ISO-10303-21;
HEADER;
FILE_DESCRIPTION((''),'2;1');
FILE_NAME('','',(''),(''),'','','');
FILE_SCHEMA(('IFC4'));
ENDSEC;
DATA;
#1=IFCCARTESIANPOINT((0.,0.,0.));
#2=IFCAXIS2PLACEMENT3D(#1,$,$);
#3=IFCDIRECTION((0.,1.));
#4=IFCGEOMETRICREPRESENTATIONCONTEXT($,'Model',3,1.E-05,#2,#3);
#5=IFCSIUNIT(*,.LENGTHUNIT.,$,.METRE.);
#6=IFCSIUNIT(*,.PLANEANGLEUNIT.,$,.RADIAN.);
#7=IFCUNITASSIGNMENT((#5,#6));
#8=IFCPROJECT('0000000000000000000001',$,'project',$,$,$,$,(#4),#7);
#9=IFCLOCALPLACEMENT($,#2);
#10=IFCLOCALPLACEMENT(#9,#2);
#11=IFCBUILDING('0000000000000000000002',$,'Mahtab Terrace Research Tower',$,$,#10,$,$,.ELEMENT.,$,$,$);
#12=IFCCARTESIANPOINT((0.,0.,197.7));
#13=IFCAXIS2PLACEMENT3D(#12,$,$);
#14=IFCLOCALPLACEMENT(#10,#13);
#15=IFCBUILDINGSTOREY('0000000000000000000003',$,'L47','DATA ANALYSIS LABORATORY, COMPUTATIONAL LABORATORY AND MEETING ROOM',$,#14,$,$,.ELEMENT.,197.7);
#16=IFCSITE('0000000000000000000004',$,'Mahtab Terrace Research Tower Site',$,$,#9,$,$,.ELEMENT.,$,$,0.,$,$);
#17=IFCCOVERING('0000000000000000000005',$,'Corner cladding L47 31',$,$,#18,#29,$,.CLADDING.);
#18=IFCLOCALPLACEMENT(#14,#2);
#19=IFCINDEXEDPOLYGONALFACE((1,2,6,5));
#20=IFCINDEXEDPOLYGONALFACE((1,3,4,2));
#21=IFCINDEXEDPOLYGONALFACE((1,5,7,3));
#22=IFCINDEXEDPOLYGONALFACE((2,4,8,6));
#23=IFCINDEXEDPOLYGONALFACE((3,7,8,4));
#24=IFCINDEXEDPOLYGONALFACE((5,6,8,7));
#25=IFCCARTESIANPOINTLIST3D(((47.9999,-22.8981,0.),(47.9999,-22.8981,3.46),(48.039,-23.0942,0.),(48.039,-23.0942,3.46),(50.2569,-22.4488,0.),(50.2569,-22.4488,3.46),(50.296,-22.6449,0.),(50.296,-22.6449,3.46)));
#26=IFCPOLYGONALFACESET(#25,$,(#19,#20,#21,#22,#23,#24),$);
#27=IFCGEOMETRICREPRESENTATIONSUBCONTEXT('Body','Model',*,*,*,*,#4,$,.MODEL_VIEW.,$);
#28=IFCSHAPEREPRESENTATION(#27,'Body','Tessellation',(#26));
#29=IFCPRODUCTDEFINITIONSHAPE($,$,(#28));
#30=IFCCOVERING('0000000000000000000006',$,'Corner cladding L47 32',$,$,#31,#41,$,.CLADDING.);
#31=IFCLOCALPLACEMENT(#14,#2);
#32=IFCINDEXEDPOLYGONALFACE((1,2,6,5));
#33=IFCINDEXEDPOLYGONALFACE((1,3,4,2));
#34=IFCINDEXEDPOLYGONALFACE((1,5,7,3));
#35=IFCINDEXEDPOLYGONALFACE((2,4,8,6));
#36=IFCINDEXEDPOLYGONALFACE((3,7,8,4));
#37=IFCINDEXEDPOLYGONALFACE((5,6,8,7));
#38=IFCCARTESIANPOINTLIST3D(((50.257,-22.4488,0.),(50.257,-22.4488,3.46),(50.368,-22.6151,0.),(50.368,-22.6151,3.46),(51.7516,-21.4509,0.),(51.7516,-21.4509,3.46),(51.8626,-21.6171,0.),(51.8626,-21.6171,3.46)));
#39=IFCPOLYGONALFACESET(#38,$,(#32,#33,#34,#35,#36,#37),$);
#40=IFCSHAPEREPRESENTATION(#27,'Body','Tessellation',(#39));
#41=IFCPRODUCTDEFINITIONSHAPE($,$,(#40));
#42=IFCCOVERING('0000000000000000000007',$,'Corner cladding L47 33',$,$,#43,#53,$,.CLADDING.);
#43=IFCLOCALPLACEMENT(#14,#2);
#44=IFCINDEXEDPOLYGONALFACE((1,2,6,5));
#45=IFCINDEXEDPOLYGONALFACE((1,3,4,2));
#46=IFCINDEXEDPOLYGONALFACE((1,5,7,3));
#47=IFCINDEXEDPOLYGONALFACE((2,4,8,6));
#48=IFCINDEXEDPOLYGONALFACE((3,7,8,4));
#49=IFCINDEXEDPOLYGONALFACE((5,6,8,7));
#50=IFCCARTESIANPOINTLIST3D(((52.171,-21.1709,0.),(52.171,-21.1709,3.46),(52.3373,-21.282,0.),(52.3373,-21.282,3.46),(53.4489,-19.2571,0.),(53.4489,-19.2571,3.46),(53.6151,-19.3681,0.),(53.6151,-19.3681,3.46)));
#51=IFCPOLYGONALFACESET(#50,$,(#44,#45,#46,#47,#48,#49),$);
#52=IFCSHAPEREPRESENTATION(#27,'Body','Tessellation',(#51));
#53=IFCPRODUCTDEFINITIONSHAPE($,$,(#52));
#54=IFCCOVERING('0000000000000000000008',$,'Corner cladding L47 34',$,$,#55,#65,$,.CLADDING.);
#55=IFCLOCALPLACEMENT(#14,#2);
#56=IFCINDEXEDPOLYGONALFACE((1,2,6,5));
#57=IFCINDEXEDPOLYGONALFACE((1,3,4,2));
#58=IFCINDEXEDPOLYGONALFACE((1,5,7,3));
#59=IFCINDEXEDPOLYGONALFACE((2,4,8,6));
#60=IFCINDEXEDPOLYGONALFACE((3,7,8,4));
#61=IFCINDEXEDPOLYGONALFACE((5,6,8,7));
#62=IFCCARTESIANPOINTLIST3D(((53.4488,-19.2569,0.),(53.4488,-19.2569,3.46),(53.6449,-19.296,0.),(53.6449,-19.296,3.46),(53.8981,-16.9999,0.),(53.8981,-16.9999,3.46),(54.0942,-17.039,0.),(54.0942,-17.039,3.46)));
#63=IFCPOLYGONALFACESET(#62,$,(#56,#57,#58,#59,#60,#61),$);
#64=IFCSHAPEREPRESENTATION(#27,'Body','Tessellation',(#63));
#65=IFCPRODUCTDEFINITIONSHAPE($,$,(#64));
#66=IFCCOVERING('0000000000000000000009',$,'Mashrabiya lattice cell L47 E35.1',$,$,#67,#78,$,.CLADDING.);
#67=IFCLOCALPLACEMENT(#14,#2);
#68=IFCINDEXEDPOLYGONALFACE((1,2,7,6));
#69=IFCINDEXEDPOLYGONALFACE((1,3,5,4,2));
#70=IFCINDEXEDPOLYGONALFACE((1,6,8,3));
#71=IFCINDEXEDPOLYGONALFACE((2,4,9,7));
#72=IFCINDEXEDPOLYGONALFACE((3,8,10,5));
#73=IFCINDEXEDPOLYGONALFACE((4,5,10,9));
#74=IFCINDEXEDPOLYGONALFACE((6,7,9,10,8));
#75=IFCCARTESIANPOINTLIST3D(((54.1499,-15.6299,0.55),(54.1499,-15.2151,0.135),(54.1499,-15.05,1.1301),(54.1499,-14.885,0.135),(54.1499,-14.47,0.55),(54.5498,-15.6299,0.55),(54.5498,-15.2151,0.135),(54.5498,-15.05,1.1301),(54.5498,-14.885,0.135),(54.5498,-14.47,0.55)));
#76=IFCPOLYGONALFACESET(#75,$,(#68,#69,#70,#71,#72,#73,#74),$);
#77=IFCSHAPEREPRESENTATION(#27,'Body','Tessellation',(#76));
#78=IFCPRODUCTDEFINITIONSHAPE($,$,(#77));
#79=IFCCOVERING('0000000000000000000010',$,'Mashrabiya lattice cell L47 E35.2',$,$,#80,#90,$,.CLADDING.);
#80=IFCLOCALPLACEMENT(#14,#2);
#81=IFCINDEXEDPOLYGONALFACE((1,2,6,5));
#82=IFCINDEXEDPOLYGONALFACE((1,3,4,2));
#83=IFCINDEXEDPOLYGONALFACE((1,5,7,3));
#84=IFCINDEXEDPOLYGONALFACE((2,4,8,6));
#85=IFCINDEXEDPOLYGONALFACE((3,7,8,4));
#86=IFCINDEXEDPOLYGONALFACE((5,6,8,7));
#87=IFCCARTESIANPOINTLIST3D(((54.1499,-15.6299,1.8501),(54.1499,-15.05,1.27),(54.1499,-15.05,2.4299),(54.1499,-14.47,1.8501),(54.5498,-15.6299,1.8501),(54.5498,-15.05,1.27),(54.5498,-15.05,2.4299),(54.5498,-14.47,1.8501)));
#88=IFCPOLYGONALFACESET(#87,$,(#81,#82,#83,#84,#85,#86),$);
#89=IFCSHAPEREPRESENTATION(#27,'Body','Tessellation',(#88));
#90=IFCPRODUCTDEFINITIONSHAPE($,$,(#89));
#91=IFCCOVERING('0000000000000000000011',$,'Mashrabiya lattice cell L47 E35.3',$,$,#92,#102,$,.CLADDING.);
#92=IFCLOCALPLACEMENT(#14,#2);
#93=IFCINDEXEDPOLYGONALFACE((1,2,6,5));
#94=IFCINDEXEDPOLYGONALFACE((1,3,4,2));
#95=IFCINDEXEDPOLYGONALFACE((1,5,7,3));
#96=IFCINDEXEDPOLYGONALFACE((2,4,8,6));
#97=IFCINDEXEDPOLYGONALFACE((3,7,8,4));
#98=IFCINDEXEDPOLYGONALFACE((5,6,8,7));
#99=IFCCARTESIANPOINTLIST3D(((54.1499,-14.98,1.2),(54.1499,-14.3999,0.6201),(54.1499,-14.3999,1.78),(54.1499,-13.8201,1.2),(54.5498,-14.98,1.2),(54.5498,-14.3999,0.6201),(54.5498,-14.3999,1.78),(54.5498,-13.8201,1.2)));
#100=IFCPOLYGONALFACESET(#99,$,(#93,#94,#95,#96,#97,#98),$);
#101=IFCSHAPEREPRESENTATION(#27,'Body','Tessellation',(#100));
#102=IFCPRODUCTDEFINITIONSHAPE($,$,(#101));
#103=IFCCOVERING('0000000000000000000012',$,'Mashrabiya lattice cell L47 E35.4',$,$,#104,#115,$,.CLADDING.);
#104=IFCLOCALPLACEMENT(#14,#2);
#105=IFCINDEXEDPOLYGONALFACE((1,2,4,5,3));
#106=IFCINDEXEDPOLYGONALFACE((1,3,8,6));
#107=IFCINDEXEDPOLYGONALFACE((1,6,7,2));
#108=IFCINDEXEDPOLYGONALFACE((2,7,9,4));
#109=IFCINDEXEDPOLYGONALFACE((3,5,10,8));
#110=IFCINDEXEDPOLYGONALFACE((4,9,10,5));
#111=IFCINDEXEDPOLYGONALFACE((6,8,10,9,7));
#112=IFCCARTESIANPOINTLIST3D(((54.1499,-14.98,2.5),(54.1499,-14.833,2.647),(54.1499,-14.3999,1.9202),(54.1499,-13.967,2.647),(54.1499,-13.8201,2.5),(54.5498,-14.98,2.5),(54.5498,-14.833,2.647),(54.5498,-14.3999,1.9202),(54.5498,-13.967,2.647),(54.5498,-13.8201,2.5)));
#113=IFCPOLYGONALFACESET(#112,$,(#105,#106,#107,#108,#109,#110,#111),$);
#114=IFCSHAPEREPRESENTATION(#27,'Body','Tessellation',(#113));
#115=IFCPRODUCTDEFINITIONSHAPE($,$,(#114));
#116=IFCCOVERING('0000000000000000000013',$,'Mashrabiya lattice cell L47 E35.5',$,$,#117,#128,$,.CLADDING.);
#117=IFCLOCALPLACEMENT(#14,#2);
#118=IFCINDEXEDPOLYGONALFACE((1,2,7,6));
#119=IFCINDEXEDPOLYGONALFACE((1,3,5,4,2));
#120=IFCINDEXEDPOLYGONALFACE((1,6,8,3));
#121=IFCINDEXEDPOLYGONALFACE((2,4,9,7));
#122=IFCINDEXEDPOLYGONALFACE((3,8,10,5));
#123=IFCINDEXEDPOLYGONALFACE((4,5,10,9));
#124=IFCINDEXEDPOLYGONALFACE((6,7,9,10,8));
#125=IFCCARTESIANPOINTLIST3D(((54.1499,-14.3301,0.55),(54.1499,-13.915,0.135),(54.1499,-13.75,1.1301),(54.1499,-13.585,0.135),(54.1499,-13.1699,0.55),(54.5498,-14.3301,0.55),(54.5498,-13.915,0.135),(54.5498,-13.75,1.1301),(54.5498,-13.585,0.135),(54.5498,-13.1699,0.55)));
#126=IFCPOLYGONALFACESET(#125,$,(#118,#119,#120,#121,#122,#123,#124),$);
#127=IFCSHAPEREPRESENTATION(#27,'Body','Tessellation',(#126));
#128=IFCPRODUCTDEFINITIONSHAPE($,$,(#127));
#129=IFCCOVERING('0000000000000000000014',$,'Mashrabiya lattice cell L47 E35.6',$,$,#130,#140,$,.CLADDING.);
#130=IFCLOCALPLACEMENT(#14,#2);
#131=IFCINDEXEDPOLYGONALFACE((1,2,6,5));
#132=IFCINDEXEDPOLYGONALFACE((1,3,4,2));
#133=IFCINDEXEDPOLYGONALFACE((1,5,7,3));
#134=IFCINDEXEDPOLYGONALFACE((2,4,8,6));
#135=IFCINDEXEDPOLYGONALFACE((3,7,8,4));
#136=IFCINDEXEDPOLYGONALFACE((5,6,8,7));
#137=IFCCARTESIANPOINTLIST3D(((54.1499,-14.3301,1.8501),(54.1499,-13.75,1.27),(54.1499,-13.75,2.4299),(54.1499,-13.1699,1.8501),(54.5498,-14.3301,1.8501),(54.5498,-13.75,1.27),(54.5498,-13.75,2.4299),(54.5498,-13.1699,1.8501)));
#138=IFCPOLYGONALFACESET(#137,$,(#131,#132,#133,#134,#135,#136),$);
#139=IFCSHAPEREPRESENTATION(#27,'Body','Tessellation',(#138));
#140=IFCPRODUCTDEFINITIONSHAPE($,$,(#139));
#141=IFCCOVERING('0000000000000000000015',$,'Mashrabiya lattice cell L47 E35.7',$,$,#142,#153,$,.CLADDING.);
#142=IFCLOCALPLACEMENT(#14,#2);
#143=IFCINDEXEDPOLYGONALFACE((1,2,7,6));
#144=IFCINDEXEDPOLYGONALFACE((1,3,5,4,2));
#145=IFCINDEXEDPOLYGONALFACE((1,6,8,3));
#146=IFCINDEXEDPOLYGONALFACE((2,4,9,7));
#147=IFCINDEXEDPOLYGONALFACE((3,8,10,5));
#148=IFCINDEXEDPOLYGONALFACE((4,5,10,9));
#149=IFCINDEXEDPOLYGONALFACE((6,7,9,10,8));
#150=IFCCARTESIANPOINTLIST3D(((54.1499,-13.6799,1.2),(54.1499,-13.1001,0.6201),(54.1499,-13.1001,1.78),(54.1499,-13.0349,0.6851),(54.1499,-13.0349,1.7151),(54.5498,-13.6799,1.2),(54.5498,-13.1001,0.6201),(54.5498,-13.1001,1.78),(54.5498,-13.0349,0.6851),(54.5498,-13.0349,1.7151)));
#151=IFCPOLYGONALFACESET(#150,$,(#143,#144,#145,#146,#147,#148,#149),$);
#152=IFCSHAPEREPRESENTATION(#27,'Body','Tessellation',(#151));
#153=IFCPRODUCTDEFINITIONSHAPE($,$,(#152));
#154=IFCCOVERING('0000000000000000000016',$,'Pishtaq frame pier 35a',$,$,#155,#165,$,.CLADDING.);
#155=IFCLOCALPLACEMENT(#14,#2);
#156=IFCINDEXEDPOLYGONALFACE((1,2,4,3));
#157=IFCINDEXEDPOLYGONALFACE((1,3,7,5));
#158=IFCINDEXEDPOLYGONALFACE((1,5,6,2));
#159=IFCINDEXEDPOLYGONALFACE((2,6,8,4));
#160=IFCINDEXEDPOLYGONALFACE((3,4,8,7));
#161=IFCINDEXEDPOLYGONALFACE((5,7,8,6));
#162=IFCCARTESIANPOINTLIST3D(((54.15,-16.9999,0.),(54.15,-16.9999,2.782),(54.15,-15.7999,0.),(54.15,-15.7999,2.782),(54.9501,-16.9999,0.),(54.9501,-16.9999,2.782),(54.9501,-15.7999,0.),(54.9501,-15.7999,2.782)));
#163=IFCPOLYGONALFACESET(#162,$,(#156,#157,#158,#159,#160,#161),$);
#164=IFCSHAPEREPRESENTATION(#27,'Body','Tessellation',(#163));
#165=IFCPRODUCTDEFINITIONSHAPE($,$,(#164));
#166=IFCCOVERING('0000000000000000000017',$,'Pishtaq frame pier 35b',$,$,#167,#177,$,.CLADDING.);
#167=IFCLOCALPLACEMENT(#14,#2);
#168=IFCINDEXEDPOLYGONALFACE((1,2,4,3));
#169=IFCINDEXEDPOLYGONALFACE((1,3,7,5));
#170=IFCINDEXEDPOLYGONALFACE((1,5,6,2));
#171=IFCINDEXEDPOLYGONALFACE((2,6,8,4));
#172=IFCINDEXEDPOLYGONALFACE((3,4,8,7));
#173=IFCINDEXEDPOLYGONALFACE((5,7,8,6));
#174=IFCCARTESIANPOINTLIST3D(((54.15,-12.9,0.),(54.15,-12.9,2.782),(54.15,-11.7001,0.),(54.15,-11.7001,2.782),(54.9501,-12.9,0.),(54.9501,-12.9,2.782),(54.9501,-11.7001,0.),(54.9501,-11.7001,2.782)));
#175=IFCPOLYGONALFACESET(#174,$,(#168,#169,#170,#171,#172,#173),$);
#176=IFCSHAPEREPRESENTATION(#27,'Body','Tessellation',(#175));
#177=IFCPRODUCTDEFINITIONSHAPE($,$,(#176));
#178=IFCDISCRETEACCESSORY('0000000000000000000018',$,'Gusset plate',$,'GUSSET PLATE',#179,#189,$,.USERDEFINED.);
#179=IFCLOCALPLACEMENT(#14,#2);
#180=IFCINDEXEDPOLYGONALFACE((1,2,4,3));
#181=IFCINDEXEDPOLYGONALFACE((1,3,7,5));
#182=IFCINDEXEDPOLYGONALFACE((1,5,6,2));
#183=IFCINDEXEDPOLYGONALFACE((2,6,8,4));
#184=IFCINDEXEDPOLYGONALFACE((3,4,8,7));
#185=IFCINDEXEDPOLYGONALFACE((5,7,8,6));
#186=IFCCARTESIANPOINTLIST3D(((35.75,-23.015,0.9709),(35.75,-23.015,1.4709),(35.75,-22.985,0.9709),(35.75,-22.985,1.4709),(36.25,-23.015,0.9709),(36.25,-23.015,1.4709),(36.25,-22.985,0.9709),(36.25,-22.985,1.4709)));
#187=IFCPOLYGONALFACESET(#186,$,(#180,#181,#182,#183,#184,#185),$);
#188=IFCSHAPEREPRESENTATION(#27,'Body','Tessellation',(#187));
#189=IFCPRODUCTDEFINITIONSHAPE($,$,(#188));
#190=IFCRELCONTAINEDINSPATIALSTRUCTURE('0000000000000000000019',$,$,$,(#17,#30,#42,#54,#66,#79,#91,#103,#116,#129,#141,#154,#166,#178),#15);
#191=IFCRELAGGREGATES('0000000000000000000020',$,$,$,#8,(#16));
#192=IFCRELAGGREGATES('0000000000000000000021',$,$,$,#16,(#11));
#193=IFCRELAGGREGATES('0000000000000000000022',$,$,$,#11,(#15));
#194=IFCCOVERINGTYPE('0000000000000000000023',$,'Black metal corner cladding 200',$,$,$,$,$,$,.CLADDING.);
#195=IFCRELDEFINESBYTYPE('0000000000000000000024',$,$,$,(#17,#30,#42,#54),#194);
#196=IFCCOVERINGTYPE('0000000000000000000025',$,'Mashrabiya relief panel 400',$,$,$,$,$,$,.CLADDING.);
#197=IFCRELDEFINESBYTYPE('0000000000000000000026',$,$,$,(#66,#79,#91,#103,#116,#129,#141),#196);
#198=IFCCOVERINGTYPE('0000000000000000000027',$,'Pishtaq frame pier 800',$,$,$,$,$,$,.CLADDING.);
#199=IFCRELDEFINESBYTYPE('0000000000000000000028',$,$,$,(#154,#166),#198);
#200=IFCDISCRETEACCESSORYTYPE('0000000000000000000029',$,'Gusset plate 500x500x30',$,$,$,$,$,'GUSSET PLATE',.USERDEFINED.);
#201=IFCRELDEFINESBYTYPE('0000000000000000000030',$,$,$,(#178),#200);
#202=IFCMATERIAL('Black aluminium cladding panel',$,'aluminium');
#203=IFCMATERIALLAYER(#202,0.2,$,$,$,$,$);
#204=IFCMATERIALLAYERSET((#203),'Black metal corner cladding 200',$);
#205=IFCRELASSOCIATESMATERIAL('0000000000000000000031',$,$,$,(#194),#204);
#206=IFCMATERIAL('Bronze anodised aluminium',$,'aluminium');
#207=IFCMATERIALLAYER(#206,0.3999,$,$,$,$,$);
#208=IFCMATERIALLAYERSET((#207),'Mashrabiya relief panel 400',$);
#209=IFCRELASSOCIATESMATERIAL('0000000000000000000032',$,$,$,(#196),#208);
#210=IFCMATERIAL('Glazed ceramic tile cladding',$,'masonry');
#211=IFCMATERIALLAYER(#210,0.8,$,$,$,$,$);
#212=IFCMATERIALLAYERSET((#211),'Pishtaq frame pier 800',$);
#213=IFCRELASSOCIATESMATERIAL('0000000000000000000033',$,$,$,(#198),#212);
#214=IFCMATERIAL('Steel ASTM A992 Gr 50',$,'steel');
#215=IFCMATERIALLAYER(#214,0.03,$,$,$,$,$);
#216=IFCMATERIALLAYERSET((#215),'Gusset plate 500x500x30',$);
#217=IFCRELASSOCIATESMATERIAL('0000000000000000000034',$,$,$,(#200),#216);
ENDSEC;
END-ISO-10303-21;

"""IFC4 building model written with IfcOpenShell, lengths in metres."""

from ifc_helpers import new_model, si_unit, direction, frame, origin, origin_2d, place, context, subcontext, project, spatial, polyline, rectangle, outline, extrude, material, layer, layer_set, type_object, element, save


model = new_model("IFC4")

# Units and contexts
model_context = context("Model", 3, precision=1e-05, world=origin(), true_north=direction((0.0, 1.0)))
body_context = subcontext(model_context, "Body", "Model", "MODEL_VIEW")
ifc_project = project(units=[si_unit("LENGTHUNIT", "METRE"), si_unit("PLANEANGLEUNIT", "RADIAN")], contexts=[model_context])

# Site, building, storey
site_placement = place(None, origin())
site = spatial("IfcSite", under=ifc_project, at=site_placement, Name="Mahtab Terrace Research Tower Site", CompositionType="ELEMENT", RefElevation=0.0)
building_placement = place(site_placement, origin())
building = spatial("IfcBuilding", under=site, at=building_placement, Name="Mahtab Terrace Research Tower", CompositionType="ELEMENT")
storey_placement = place(building_placement, frame((0.0, 0.0, 197.7)))
storey = spatial("IfcBuildingStorey", under=building, at=storey_placement, Name="L47", Description="DATA ANALYSIS LABORATORY, COMPUTATIONAL LABORATORY AND MEETING ROOM", CompositionType="ELEMENT", Elevation=197.7)

# Shared definitions
ifc_material_1 = material(Name="Steel ASTM A992 Gr 50", Category="steel")

# Shared definitions
ifc_material_2 = material(Name="Black aluminium cladding panel", Category="aluminium")

# Coverings
ifc_layer_1 = layer(ifc_material_2, 0.2)
ifc_layer_set_1 = layer_set([ifc_layer_1], Name="Black metal corner cladding 200")
covering_type_1 = type_object("IfcCoveringType", Name="Black metal corner cladding 200", PredefinedType="CLADDING", material=ifc_layer_set_1)
covering_1_placement = place(storey_placement, frame((49.1479, -22.7715, 0.0), z_axis=(0.0, 0.0, 1.0), x_axis=(0.980761, 0.195212, 0.0)))
element("IfcCovering", 1, at=covering_1_placement, inside=storey, type_object=covering_type_1, Name="Corner cladding L47 31", PredefinedType="CLADDING", context=body_context, shape_type="SweptSolid", body=[
    extrude(rectangle(XDim=2.3013, YDim=0.2, at=origin_2d()), origin(), (0.0, 0.0, 1.0), 3.46),
])
covering_2_placement = place(storey_placement, frame((51.0598, -22.033, 0.0), z_axis=(0.0, 0.0, 1.0), x_axis=(0.831656, 0.555291, 0.0)))
element("IfcCovering", 2, at=covering_2_placement, inside=storey, type_object=covering_type_1, Name="Corner cladding L47 32", PredefinedType="CLADDING", context=body_context, shape_type="SweptSolid", body=[
    extrude(rectangle(XDim=1.7971, YDim=0.2, at=origin_2d()), origin(), (0.0, 0.0, 1.0), 3.46),
])
for number, where, z_axis, x_axis, name in (
    (3, (52.8931, -20.2695, 0.0), (0.0, 0.0, 1.0), (0.555291, 0.831656, 0.0), "Corner cladding L47 33"),
    (4, (53.7715, -18.1479, 0.0), (0.0, 0.0, 1.0), (0.195212, 0.980761, 0.0), "Corner cladding L47 34"),
):
    element("IfcCovering", number, at=place(storey_placement, frame(where, z_axis=z_axis, x_axis=x_axis)), inside=storey, type_object=covering_type_1, Name=name, PredefinedType="CLADDING", context=body_context, shape_type="SweptSolid", body=[
        extrude(rectangle(XDim=2.3013, YDim=0.2, at=origin_2d()), origin(), (0.0, 0.0, 1.0), 3.46),
    ])
ifc_material_3 = material(Name="Bronze anodised aluminium", Category="aluminium")
ifc_layer_2 = layer(ifc_material_3, 0.3999)
ifc_layer_set_2 = layer_set([ifc_layer_2], Name="Mashrabiya relief panel 400")
covering_type_2 = type_object("IfcCoveringType", Name="Mashrabiya relief panel 400", PredefinedType="CLADDING", material=ifc_layer_set_2)
covering_3_placement = place(storey_placement, frame((54.1499, -15.6299, 0.55), z_axis=(-1.0, 0.0, 0.0), x_axis=(0.0, 0.706958, 0.707256)))
element("IfcCovering", 5, at=covering_3_placement, inside=storey, type_object=covering_type_2, Name="Mashrabiya lattice cell L47 E35.1", PredefinedType="CLADDING", context=body_context, shape_type="SweptSolid", body=[
    extrude(outline(polyline([(0.0, 0.0), (0.8202, 0.0), (0.82, 0.8204), (0.2331, 0.8202), (-0.0003, 0.5868), (0.0, 0.0)])), origin(), (0.0, 0.0, -1.0), 0.3999),
])
covering_4_placement = place(storey_placement, frame((54.1499, -15.05, 2.4299), z_axis=(-1.0, 0.0, 0.0), x_axis=(0.0, 0.707256, -0.706958)))
element("IfcCovering", 6, at=covering_4_placement, inside=storey, type_object=covering_type_2, Name="Mashrabiya lattice cell L47 E35.2", PredefinedType="CLADDING", context=body_context, shape_type="SweptSolid", body=[
    extrude(outline(polyline([(0.0, 0.0), (0.8202, 0.0), (0.82, 0.8204), (-0.0002, 0.82), (0.0, 0.0)])), origin(), (0.0, 0.0, -1.0), 0.3999),
])
covering_5_placement = place(storey_placement, frame((54.1499, -14.3999, 1.78), z_axis=(-1.0, 0.0, 0.0), x_axis=(0.0, 0.706958, -0.707256)))
element("IfcCovering", 7, at=covering_5_placement, inside=storey, type_object=covering_type_2, Name="Mashrabiya lattice cell L47 E35.3", PredefinedType="CLADDING", context=body_context, shape_type="SweptSolid", body=[
    extrude(outline(polyline([(0.0, 0.0), (0.8202, 0.0), (0.8204, 0.82), (0.0002, 0.8204), (0.0, 0.0)])), origin(), (0.0, 0.0, -1.0), 0.3999),
])
covering_6_placement = place(storey_placement, frame((54.1499, -13.8201, 2.5), z_axis=(-1.0, 0.0, 0.0), x_axis=(0.0, -0.707107, -0.707107)))
element("IfcCovering", 8, at=covering_6_placement, inside=storey, type_object=covering_type_2, Name="Mashrabiya lattice cell L47 E35.4", PredefinedType="CLADDING", context=body_context, shape_type="SweptSolid", body=[
    extrude(outline(polyline([(0.0, 0.0), (0.82, 0.0), (0.8202, 0.8202), (0.6123, 0.8202), (0.0, 0.2079), (0.0, 0.0)])), origin(), (0.0, 0.0, -1.0), 0.3999),
])
covering_7_placement = place(storey_placement, frame((54.1499, -14.3301, 0.55), z_axis=(-1.0, 0.0, 0.0), x_axis=(0.0, 0.707107, 0.707107)))
element("IfcCovering", 9, at=covering_7_placement, inside=storey, type_object=covering_type_2, Name="Mashrabiya lattice cell L47 E35.5", PredefinedType="CLADDING", context=body_context, shape_type="SweptSolid", body=[
    extrude(outline(polyline([(0.0, 0.0), (0.8204, 0.0), (0.8204, 0.8204), (0.2334, 0.8204), (0.0, 0.587), (0.0, 0.0)])), origin(), (0.0, 0.0, -1.0), 0.3999),
])
covering_8_placement = place(storey_placement, frame((54.1499, -13.75, 2.4299), z_axis=(-1.0, 0.0, 0.0), x_axis=(0.0, 0.707256, -0.706958)))
element("IfcCovering", 10, at=covering_8_placement, inside=storey, type_object=covering_type_2, Name="Mashrabiya lattice cell L47 E35.6", PredefinedType="CLADDING", context=body_context, shape_type="SweptSolid", body=[
    extrude(outline(polyline([(0.0, 0.0), (0.8202, 0.0), (0.82, 0.8204), (-0.0003, 0.8202), (0.0, 0.0)])), origin(), (0.0, 0.0, -1.0), 0.3999),
])
covering_9_placement = place(storey_placement, frame((54.1499, -13.1001, 0.6201), z_axis=(-1.0, 0.0, 0.0), x_axis=(0.0, -0.707107, 0.707107)))
element("IfcCovering", 11, at=covering_9_placement, inside=storey, type_object=covering_type_2, Name="Mashrabiya lattice cell L47 E35.7", PredefinedType="CLADDING", context=body_context, shape_type="SweptSolid", body=[
    extrude(outline(polyline([(0.0, 0.0), (0.82, 0.0), (0.8202, 0.8202), (0.7282, 0.8204), (-0.0002, 0.092), (0.0, 0.0)])), origin(), (0.0, 0.0, -1.0), 0.3999),
])
ifc_material_4 = material(Name="Glazed ceramic tile cladding", Category="masonry")
ifc_layer_3 = layer(ifc_material_4, 0.8)
ifc_layer_set_3 = layer_set([ifc_layer_3], Name="Pishtaq frame pier 800")
covering_type_3 = type_object("IfcCoveringType", Name="Pishtaq frame pier 800", PredefinedType="CLADDING", material=ifc_layer_set_3)
for number, where, z_axis, x_axis, name in (
    (12, (54.55, -16.3999, 0.0), (0.0, 0.0, 1.0), (0.0, 1.0, 0.0), "Pishtaq frame pier 35a"),
    (13, (54.55, -12.3, 0.0), (0.0, 0.0, 1.0), (0.0, 1.0, 0.0), "Pishtaq frame pier 35b"),
):
    element("IfcCovering", number, at=place(storey_placement, frame(where, z_axis=z_axis, x_axis=x_axis)), inside=storey, type_object=covering_type_3, Name=name, PredefinedType="CLADDING", context=body_context, shape_type="SweptSolid", body=[
        extrude(rectangle(XDim=1.2, YDim=0.8, at=origin_2d()), origin(), (0.0, 0.0, 1.0), 2.782),
    ])

# Discrete accessory
ifc_layer_4 = layer(ifc_material_1, 0.03)
ifc_layer_set_4 = layer_set([ifc_layer_4], Name="Gusset plate 500x500x30")
discrete_accessory_type = type_object("IfcDiscreteAccessoryType", Name="Gusset plate 500x500x30", ElementType="GUSSET PLATE", PredefinedType="USERDEFINED", material=ifc_layer_set_4)
for number, where, z_axis, x_axis, name in (
    (14, (36.0, -23.0, 0.9709), (0.0, 0.0, 1.0), (1.0, 0.0, 0.0), "Gusset plate"),
):
    element("IfcDiscreteAccessory", number, at=place(storey_placement, frame(where, z_axis=z_axis, x_axis=x_axis)), inside=storey, type_object=discrete_accessory_type, Name=name, ObjectType="GUSSET PLATE", PredefinedType="USERDEFINED", context=body_context, shape_type="SweptSolid", body=[
        extrude(rectangle(XDim=0.5, YDim=0.03, at=origin_2d()), origin(), (0.0, 0.0, 1.0), 0.5),
    ])

save(model, "model.ifc")
